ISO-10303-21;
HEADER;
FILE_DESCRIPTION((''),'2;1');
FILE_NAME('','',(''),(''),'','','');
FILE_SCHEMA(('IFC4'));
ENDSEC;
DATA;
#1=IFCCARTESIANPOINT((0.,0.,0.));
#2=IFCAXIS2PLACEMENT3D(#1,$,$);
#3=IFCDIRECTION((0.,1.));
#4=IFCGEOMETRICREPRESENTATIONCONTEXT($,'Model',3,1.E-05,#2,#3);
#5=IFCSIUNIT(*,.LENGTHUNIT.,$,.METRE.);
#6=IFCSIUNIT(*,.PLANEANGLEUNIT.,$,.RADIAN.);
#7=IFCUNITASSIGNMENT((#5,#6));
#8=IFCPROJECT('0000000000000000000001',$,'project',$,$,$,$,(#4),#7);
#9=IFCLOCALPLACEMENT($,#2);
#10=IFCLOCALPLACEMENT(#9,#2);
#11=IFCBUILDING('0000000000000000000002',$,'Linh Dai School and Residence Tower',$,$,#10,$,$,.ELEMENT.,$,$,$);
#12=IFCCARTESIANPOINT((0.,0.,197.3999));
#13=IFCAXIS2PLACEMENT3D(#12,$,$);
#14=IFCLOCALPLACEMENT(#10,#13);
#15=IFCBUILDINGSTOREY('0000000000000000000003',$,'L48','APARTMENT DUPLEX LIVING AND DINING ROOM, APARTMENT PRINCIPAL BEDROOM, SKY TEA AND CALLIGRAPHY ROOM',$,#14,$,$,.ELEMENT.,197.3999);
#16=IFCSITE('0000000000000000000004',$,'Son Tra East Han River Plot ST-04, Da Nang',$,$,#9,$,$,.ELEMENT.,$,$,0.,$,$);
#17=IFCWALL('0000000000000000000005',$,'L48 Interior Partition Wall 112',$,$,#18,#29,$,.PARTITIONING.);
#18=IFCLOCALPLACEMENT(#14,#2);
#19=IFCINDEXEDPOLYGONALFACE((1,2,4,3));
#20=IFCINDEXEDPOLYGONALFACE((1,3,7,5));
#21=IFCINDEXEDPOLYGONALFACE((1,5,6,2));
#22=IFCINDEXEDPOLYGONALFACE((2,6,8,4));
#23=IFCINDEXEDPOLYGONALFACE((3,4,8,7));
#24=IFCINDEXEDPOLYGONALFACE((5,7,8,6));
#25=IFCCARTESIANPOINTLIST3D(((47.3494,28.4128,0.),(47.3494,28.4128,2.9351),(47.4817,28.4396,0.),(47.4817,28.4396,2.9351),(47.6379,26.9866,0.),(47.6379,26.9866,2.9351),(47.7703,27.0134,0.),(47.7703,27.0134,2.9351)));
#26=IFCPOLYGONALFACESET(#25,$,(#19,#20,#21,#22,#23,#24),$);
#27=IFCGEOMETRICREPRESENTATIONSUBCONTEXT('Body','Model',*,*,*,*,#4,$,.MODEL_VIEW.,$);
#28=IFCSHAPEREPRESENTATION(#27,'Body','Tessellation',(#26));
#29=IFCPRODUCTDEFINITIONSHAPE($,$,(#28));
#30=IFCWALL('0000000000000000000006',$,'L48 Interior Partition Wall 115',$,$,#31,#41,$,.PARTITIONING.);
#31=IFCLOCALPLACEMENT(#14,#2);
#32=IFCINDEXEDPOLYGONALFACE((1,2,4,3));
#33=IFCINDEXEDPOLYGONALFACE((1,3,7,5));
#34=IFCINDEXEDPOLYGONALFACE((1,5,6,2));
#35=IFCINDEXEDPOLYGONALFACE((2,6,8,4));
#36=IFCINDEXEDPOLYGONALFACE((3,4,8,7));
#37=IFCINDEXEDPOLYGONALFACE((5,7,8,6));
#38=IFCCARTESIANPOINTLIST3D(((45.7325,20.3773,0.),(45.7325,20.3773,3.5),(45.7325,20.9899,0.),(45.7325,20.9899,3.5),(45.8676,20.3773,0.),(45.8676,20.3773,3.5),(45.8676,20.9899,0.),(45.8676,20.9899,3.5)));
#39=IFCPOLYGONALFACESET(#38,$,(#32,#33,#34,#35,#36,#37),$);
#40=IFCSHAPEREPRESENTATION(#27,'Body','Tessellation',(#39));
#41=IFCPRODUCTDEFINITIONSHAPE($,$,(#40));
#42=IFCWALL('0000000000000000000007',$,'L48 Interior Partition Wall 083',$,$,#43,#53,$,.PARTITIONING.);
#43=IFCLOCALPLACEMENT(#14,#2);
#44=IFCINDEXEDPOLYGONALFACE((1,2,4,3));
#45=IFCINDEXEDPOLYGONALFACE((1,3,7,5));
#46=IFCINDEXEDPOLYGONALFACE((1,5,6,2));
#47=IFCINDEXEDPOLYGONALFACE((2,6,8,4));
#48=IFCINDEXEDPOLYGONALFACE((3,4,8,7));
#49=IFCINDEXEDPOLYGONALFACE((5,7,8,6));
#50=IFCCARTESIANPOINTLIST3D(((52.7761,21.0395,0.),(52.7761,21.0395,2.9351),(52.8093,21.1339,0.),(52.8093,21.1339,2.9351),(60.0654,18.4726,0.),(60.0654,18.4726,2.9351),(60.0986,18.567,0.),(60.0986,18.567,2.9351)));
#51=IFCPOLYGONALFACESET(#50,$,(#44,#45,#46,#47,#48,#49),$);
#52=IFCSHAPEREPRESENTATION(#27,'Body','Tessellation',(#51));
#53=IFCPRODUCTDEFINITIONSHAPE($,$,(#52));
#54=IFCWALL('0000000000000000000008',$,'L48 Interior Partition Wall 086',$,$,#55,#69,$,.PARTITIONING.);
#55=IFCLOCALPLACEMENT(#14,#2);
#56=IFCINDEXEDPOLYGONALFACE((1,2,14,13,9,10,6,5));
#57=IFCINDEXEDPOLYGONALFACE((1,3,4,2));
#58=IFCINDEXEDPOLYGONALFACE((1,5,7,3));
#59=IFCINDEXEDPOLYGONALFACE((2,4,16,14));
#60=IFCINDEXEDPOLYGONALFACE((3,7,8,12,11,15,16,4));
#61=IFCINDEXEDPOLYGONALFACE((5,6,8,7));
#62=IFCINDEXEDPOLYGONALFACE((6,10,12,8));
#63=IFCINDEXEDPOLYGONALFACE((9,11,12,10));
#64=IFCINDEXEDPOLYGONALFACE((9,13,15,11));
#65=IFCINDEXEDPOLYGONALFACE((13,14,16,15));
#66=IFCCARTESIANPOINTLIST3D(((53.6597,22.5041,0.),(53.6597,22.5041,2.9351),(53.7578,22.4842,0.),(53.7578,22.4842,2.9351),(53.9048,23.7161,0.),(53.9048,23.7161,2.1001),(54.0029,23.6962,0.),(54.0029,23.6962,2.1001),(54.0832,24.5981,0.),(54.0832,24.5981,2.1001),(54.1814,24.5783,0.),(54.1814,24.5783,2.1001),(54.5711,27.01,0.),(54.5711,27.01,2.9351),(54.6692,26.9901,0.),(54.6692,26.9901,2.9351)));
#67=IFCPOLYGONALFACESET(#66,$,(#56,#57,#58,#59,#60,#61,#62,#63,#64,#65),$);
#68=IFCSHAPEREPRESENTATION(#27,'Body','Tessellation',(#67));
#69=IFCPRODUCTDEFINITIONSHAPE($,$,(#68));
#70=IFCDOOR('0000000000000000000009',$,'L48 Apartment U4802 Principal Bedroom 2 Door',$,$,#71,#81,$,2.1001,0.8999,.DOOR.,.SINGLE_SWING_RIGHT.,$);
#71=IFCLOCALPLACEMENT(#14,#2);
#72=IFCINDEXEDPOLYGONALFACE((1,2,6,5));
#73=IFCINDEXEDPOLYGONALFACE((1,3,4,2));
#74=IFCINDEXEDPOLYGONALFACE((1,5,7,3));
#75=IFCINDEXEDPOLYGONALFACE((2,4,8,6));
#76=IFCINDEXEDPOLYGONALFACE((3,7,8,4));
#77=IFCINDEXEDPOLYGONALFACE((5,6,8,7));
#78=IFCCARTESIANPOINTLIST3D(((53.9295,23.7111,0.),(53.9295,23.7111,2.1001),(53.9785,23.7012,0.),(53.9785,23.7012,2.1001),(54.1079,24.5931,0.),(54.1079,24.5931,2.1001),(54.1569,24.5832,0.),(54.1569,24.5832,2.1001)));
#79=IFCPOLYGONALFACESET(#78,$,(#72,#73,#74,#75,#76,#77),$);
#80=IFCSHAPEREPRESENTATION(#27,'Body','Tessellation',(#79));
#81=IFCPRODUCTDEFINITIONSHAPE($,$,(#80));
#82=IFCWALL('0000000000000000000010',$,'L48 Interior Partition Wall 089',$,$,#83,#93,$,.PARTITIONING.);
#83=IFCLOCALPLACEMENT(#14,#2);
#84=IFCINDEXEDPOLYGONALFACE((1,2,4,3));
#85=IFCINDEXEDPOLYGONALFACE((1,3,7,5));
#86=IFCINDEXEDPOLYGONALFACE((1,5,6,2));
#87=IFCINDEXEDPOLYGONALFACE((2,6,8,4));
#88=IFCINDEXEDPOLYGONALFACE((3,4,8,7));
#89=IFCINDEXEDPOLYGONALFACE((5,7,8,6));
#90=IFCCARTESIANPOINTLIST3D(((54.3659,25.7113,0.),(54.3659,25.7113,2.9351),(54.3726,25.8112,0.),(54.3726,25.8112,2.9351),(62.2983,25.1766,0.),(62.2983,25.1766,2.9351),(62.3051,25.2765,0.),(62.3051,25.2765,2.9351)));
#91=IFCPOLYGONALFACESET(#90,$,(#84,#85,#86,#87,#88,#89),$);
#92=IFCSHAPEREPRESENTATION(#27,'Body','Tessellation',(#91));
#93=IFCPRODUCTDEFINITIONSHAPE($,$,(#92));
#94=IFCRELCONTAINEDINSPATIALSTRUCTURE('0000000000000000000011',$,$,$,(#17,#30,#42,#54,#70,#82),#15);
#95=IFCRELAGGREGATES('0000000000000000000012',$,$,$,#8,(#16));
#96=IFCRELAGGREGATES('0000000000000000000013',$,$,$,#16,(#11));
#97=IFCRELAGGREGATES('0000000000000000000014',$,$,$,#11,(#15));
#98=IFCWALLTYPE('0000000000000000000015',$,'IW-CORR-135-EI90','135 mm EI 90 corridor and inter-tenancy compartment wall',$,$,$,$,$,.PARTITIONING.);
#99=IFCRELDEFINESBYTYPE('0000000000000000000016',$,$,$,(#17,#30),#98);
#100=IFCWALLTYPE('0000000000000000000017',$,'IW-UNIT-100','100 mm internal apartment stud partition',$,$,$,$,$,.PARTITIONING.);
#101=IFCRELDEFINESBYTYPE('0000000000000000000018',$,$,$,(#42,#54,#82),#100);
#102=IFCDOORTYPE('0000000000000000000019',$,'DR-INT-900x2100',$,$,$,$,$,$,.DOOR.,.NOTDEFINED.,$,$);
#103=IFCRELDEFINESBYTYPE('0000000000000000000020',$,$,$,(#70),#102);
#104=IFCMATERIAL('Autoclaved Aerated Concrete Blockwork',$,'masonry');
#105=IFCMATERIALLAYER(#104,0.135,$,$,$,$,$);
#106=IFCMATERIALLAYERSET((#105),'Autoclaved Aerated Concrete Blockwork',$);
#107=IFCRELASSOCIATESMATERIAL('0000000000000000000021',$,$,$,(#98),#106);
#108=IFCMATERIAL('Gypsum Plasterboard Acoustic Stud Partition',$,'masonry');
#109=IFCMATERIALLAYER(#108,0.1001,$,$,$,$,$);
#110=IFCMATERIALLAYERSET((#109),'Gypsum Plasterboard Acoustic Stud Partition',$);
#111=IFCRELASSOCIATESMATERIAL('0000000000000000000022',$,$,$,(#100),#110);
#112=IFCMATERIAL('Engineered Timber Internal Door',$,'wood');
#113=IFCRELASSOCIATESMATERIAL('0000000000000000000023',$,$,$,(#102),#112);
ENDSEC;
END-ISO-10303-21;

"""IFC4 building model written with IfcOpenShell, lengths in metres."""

from ifc_helpers import new_model, si_unit, direction, frame, frame_2d, origin, origin_2d, place, context, subcontext, project, spatial, rectangle, extrude, source, transform, mapped, material, layer, layer_set, type_object, element, fill, save


model = new_model("IFC4")

# Units and contexts
model_context = context("Model", 3, precision=1e-05, world=origin(), true_north=direction((0.0, 1.0)))
body_context = subcontext(model_context, "Body", "Model", "MODEL_VIEW")
ifc_project = project(units=[si_unit("LENGTHUNIT", "METRE"), si_unit("PLANEANGLEUNIT", "RADIAN")], contexts=[model_context])

# Site, building, storey
site_placement = place(None, origin())
site = spatial("IfcSite", under=ifc_project, at=site_placement, Name="Son Tra East Han River Plot ST-04, Da Nang", CompositionType="ELEMENT", RefElevation=0.0)
building_placement = place(site_placement, origin())
building = spatial("IfcBuilding", under=site, at=building_placement, Name="Linh Dai School and Residence Tower", CompositionType="ELEMENT")
storey_placement = place(building_placement, frame((0.0, 0.0, 197.3999)))
storey = spatial("IfcBuildingStorey", under=building, at=storey_placement, Name="L48", Description="APARTMENT DUPLEX LIVING AND DINING ROOM, APARTMENT PRINCIPAL BEDROOM, SKY TEA AND CALLIGRAPHY ROOM", CompositionType="ELEMENT", Elevation=197.3999)

# Walls
ifc_material_1 = material(Name="Autoclaved Aerated Concrete Blockwork", Category="masonry")
ifc_layer_1 = layer(ifc_material_1, 0.135)
ifc_layer_set_1 = layer_set([ifc_layer_1], Name="Autoclaved Aerated Concrete Blockwork")
wall_type_1 = type_object("IfcWallType", Name="IW-CORR-135-EI90", Description="135 mm EI 90 corridor and inter-tenancy compartment wall", PredefinedType="PARTITIONING", material=ifc_layer_set_1)
wall_1_placement = place(storey_placement, frame((47.7041, 27.0, 0.0), z_axis=(0.0, 0.0, 1.0), x_axis=(-0.19831, 0.980139, 0.0)))
element("IfcWall", 1, at=wall_1_placement, inside=storey, type_object=wall_type_1, Name="L48 Interior Partition Wall 112", PredefinedType="PARTITIONING", context=body_context, shape_type="SweptSolid", body=[
    extrude(rectangle(XDim=1.4551, YDim=0.135, at=frame_2d((0.7275, 0.0))), origin(), (0.0, 0.0, 1.0), 2.9351),
])
wall_2_placement = place(storey_placement, frame((45.8, 20.3774, 0.0), z_axis=(0.0, 0.0, 1.0), x_axis=(0.0, 1.0, 0.0)))
element("IfcWall", 2, at=wall_2_placement, inside=storey, type_object=wall_type_1, Name="L48 Interior Partition Wall 115", PredefinedType="PARTITIONING", context=body_context, shape_type="SweptSolid", body=[
    extrude(rectangle(XDim=0.6125, YDim=0.135, at=frame_2d((0.3062, 0.0))), origin(), (0.0, 0.0, 1.0), 3.5),
])
ifc_material_2 = material(Name="Gypsum Plasterboard Acoustic Stud Partition", Category="masonry")
ifc_layer_2 = layer(ifc_material_2, 0.1001)
ifc_layer_set_2 = layer_set([ifc_layer_2], Name="Gypsum Plasterboard Acoustic Stud Partition")
wall_type_2 = type_object("IfcWallType", Name="IW-UNIT-100", Description="100 mm internal apartment stud partition", PredefinedType="PARTITIONING", material=ifc_layer_set_2)
wall_3_placement = place(storey_placement, frame((52.7927, 21.0867, 0.0), z_axis=(0.0, 0.0, 1.0), x_axis=(0.943226, -0.332152, 0.0)))
element("IfcWall", 3, at=wall_3_placement, inside=storey, type_object=wall_type_2, Name="L48 Interior Partition Wall 083", PredefinedType="PARTITIONING", context=body_context, shape_type="SweptSolid", body=[
    extrude(rectangle(XDim=7.728, YDim=0.1001, at=frame_2d((3.864, 0.0))), origin(), (0.0, 0.0, 1.0), 2.9351),
])

# Wall, opening, door
wall_4_placement = place(storey_placement, frame((53.7087, 22.4941, 0.0), z_axis=(0.0, 0.0, 1.0), x_axis=(0.19825, 0.980151, 0.0)))
wall_4 = element("IfcWall", 4, at=wall_4_placement, inside=storey, type_object=wall_type_2, Name="L48 Interior Partition Wall 086", PredefinedType="PARTITIONING", context=body_context, shape_type="SweptSolid", body=[
    extrude(rectangle(XDim=4.5972, YDim=0.1001, at=frame_2d((2.2986, 0.0))), origin(), (0.0, 0.0, 1.0), 2.9351),
])
opening_1_placement = place(wall_4_placement, frame((1.2366, 0.0, 0.0)))
opening_1 = element("IfcOpeningElement", 5, at=opening_1_placement, cuts=wall_4, PredefinedType="OPENING", context=body_context, shape_type="SweptSolid", body=[
    extrude(rectangle(XDim=0.8999, YDim=2.1001, at=origin_2d()), frame((0.45, 0.0601, 1.05), z_axis=(0.0, -1.0, 0.0), x_axis=(1.0, 0.0, 0.0)), (0.0, 0.0, 1.0), 0.1201),
])
ifc_material_3 = material(Name="Engineered Timber Internal Door", Category="wood")
door_type_1 = type_object("IfcDoorType", Name="DR-INT-900x2100", OperationType="NOTDEFINED", PredefinedType="DOOR", material=ifc_material_3)
shared_shape_1 = source(origin(), body_context, "Body", "SweptSolid", [
    extrude(rectangle(XDim=0.8999, YDim=2.1001, at=origin_2d()), frame((0.45, 0.0249, 1.05), z_axis=(0.0, -1.0, 0.0), x_axis=(1.0, 0.0, 0.0)), (0.0, 0.0, 1.0), 0.05),
])
door_1_placement = place(opening_1_placement, origin())
door_1 = element("IfcDoor", 6, at=door_1_placement, inside=storey, type_object=door_type_1, Name="L48 Apartment U4802 Principal Bedroom 2 Door", OperationType="SINGLE_SWING_RIGHT", OverallHeight=2.1001, OverallWidth=0.8999, PredefinedType="DOOR", context=body_context, shape_type="MappedRepresentation", body=[
    mapped(shared_shape_1, transform((0.0, 0.0, 0.0), x_axis=(1.0, 0.0, 0.0), y_axis=(0.0, 1.0, 0.0), z_axis=(0.0, 0.0, 1.0), scale=1.0)),
])
fill(opening_1, door_1)

# Wall
wall_5_placement = place(storey_placement, frame((54.3694, 25.7612, 0.0), z_axis=(0.0, 0.0, 1.0), x_axis=(0.997736, -0.067251, 0.0)))
element("IfcWall", 7, at=wall_5_placement, inside=storey, type_object=wall_type_2, Name="L48 Interior Partition Wall 089", PredefinedType="PARTITIONING", context=body_context, shape_type="SweptSolid", body=[
    extrude(rectangle(XDim=7.9504, YDim=0.1001, at=frame_2d((3.9751, 0.0))), origin(), (0.0, 0.0, 1.0), 2.9351),
])

save(model, "model.ifc")
